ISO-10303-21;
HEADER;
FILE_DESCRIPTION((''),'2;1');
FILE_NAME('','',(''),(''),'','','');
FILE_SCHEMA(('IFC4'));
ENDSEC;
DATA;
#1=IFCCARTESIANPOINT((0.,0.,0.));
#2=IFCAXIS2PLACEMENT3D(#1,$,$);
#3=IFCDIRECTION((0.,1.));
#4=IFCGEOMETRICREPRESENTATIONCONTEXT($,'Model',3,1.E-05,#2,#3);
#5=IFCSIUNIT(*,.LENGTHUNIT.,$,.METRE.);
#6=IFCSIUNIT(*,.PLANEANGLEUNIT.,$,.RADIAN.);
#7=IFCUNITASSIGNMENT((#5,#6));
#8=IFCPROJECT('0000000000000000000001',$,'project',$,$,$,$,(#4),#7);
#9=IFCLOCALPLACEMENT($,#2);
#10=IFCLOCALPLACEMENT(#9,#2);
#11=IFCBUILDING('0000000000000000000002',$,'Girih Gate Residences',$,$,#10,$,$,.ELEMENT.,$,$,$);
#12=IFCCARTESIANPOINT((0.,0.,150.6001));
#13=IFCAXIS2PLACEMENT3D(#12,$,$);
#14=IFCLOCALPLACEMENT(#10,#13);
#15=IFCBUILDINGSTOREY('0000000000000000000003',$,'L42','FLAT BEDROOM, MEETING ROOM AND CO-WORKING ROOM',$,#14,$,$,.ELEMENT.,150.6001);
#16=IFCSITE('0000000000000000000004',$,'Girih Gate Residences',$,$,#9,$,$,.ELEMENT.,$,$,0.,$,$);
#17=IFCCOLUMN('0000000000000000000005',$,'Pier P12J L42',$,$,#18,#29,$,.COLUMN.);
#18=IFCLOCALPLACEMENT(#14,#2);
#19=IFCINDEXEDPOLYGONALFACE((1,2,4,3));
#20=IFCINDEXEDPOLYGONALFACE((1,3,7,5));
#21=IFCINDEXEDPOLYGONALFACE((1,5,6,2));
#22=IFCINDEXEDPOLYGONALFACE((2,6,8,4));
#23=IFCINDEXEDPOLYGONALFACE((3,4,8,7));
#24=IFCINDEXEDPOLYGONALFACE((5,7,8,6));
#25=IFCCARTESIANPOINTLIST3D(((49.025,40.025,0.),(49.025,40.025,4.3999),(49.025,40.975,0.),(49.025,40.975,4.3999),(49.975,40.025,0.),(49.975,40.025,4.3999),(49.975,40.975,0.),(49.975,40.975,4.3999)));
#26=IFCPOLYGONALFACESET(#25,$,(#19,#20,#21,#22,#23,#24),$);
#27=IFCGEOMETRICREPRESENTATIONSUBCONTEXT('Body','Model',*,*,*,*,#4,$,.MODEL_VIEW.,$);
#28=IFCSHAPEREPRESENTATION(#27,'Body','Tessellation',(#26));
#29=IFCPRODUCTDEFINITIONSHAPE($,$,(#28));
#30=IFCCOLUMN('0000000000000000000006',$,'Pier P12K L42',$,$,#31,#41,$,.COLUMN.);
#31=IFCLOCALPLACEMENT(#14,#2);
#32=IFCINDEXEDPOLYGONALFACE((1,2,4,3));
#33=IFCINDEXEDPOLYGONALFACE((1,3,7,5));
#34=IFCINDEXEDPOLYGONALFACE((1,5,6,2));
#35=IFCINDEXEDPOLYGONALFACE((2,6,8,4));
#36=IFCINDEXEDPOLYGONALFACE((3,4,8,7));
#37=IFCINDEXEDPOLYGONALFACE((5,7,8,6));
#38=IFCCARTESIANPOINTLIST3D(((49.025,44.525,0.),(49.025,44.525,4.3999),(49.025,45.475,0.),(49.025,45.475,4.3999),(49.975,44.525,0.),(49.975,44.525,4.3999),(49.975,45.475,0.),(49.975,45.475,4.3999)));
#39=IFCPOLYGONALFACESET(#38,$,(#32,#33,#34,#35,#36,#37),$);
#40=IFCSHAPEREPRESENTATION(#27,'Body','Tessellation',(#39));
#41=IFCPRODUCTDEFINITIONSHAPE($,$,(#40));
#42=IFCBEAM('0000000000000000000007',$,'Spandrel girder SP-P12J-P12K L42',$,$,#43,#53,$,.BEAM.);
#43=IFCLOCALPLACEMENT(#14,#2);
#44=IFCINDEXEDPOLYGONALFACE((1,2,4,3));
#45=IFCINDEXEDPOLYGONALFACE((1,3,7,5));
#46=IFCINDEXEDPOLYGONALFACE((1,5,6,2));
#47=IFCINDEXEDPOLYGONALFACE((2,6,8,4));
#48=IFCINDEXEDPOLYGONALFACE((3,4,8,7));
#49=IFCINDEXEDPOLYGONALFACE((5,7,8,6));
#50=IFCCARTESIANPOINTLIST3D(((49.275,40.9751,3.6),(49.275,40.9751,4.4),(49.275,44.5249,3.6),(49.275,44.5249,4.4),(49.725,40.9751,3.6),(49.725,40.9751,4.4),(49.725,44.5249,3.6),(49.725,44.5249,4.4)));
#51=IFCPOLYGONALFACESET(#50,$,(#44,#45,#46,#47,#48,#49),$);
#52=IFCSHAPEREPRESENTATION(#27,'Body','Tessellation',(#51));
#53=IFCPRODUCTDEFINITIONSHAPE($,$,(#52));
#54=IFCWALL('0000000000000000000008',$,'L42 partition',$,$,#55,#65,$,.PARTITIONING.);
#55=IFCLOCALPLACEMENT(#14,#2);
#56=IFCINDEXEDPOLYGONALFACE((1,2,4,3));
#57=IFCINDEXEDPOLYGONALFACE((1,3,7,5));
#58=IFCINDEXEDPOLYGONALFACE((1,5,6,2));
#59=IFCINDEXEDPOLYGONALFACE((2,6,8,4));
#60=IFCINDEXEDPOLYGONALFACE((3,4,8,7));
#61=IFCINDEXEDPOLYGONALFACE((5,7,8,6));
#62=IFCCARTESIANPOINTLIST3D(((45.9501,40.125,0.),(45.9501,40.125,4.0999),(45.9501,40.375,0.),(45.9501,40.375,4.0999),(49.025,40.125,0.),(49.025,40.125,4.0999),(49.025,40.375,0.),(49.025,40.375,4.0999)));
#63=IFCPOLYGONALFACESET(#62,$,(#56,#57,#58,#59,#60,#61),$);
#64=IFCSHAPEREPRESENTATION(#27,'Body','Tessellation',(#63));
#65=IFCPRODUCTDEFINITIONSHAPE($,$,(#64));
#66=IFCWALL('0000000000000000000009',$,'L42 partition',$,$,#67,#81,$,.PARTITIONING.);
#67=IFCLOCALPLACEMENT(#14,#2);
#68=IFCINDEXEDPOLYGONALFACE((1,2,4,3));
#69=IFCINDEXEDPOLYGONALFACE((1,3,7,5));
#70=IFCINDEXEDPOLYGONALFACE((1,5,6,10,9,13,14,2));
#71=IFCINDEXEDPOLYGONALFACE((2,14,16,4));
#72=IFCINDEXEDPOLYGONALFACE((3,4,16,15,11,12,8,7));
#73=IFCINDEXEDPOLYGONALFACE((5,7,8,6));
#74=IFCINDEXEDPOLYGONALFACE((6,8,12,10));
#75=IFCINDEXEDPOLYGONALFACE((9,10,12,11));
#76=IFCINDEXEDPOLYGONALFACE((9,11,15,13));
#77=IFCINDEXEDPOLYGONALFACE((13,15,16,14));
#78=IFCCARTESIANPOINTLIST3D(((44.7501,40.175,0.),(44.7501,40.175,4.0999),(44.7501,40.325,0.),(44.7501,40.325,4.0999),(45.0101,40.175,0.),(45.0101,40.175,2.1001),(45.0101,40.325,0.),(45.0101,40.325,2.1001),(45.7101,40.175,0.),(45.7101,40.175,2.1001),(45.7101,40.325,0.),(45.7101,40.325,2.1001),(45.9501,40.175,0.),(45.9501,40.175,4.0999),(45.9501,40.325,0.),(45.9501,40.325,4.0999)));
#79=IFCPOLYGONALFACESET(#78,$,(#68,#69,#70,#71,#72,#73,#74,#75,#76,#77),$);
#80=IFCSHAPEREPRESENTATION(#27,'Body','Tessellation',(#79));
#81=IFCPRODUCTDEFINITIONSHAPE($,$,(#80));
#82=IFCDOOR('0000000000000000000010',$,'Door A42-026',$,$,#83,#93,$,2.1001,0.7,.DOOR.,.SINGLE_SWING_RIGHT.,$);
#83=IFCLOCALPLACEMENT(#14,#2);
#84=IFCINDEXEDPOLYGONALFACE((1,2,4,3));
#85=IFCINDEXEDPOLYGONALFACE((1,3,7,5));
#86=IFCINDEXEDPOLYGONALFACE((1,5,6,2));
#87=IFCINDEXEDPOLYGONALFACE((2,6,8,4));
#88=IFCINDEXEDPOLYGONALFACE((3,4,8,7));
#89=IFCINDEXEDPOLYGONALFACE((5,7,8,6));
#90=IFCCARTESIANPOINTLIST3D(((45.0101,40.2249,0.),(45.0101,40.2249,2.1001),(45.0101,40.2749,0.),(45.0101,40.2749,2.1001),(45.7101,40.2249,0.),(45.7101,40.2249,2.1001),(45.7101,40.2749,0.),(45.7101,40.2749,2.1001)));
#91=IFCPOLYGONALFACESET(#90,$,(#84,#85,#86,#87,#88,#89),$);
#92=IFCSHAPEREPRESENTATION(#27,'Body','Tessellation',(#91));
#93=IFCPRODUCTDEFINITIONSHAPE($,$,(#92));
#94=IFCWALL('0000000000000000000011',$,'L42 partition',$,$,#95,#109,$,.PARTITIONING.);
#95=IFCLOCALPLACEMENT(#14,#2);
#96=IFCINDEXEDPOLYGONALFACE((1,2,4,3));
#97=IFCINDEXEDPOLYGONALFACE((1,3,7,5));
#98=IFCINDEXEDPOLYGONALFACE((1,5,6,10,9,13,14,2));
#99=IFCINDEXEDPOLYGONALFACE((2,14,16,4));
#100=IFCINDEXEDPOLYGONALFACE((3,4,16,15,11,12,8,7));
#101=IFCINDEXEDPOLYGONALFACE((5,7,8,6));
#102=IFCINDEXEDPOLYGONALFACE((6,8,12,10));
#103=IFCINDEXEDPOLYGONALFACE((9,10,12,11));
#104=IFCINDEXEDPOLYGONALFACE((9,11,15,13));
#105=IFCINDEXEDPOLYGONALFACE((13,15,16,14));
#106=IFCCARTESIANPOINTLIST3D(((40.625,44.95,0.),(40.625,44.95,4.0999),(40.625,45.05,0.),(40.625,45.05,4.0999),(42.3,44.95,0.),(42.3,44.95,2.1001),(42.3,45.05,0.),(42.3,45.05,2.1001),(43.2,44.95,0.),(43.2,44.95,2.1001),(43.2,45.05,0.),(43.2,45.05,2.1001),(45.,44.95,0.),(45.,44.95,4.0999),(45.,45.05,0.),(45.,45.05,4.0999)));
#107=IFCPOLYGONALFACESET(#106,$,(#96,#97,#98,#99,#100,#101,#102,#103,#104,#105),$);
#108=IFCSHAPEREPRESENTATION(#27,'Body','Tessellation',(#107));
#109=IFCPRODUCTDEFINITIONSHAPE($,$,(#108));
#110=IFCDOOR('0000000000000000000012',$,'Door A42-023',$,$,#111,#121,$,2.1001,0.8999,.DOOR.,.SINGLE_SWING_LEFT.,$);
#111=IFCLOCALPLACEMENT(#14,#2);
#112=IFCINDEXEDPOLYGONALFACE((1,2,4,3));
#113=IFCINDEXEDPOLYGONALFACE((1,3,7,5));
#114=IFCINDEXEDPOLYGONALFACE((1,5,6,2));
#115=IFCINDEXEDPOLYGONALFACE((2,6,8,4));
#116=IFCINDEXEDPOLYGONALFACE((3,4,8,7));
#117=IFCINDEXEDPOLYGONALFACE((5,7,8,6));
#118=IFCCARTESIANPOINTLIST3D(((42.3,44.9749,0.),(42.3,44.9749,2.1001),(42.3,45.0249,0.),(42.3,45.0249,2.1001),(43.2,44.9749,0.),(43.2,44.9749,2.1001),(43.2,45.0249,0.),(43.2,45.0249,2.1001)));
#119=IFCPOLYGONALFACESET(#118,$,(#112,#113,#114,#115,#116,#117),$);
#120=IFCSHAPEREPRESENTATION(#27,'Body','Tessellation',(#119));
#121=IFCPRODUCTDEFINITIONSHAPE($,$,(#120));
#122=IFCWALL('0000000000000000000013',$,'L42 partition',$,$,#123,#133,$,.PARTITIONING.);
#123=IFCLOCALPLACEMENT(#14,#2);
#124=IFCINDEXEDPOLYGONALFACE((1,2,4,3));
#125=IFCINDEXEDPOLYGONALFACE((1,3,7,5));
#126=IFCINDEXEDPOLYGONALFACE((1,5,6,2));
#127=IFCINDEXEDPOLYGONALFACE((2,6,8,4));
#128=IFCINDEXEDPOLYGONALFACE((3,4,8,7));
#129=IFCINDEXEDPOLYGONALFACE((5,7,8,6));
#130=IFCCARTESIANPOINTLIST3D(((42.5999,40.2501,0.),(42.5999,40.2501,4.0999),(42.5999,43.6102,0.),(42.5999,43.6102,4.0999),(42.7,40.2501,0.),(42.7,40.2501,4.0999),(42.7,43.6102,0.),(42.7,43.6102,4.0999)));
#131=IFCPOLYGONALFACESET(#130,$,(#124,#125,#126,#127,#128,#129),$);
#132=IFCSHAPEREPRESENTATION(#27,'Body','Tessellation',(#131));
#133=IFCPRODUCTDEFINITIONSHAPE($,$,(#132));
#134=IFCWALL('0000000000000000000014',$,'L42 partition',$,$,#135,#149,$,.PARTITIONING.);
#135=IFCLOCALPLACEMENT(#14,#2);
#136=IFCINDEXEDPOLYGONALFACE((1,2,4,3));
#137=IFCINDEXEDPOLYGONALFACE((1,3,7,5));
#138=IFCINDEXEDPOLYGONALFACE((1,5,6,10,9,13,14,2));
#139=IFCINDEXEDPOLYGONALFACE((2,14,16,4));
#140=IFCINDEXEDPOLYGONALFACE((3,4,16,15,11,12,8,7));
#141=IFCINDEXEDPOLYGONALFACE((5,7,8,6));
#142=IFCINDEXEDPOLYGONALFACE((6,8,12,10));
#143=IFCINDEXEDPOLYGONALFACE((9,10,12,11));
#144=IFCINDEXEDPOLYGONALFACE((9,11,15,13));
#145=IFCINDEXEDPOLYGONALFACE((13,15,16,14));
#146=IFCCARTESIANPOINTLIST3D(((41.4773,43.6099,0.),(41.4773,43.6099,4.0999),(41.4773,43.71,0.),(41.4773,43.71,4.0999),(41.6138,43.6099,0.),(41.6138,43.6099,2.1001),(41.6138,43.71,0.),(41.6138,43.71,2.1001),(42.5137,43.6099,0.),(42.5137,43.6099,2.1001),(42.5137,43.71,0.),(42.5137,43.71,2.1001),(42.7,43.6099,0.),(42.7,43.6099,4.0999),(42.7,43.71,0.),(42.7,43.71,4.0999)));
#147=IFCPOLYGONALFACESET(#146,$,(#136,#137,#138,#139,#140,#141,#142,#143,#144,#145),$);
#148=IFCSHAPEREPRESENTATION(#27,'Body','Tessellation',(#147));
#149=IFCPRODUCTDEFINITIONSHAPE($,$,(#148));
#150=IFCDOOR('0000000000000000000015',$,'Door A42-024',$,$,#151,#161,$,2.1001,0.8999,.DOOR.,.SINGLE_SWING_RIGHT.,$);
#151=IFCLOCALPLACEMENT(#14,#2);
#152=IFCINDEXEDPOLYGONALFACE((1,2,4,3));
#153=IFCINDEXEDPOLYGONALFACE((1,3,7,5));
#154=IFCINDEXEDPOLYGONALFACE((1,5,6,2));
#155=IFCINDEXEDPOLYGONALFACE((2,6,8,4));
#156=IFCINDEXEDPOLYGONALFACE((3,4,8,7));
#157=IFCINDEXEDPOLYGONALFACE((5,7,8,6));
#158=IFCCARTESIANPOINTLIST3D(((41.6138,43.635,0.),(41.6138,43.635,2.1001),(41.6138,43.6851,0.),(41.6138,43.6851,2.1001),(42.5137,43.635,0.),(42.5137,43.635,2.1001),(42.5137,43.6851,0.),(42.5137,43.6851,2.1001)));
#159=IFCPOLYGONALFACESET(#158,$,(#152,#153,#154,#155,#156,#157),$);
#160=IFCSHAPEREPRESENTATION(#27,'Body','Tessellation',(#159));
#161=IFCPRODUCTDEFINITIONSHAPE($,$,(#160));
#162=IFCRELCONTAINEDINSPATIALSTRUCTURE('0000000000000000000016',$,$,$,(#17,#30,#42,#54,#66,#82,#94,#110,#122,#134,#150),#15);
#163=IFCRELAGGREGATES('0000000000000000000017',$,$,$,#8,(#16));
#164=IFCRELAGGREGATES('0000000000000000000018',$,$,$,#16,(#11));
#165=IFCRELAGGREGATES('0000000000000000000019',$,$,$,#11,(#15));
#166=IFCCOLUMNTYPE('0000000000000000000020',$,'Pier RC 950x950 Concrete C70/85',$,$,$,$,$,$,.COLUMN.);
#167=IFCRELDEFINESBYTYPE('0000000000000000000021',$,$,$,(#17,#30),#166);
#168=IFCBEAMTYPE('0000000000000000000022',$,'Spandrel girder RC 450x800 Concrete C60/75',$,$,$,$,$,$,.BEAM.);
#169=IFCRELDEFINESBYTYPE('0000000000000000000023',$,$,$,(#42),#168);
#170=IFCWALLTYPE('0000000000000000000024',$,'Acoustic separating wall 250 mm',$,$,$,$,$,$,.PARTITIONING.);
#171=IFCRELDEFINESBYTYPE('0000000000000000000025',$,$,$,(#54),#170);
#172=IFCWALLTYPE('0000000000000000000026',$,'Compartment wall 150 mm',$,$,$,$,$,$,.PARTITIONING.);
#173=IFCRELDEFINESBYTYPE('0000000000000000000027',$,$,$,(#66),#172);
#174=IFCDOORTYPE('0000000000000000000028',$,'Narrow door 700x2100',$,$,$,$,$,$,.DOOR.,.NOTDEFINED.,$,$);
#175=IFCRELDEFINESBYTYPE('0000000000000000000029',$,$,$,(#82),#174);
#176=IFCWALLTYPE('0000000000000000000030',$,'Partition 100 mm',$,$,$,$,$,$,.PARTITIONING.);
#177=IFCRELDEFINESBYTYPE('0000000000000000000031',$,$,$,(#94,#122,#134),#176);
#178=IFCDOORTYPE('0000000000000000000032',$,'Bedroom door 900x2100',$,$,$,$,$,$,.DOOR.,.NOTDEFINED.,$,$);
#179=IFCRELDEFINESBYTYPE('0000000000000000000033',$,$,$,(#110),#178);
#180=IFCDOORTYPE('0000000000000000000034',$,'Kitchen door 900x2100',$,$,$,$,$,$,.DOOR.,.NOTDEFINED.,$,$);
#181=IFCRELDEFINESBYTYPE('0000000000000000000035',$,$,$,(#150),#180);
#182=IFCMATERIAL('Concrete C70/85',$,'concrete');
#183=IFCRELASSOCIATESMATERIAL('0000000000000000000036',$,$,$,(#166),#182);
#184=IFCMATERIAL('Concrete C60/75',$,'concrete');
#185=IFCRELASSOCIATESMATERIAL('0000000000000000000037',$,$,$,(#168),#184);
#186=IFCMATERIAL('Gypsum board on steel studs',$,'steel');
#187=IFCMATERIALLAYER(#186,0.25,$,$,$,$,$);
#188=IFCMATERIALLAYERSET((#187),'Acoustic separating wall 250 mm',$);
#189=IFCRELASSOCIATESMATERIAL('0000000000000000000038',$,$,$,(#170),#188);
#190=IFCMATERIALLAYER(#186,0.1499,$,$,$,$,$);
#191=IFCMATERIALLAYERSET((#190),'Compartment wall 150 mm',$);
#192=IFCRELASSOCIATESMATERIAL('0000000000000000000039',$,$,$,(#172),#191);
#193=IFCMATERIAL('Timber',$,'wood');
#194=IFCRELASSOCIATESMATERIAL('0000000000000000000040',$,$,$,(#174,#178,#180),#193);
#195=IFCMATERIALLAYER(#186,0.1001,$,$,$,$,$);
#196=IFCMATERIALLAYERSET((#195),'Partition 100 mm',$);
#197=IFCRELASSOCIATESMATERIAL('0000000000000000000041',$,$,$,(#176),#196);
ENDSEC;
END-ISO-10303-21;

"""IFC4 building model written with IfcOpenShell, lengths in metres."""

from ifc_helpers import new_model, si_unit, direction, frame, frame_2d, origin, origin_2d, place, context, subcontext, project, spatial, rectangle, extrude, material, layer, layer_set, material_profile, profile_set, type_object, element, fill, save


model = new_model("IFC4")

# Units and contexts
model_context = context("Model", 3, precision=1e-05, world=origin(), true_north=direction((0.0, 1.0)))
body_context = subcontext(model_context, "Body", "Model", "MODEL_VIEW")
ifc_project = project(units=[si_unit("LENGTHUNIT", "METRE"), si_unit("PLANEANGLEUNIT", "RADIAN")], contexts=[model_context])

# Site, building, storey
site_placement = place(None, origin())
site = spatial("IfcSite", under=ifc_project, at=site_placement, Name="Girih Gate Residences", CompositionType="ELEMENT", RefElevation=0.0)
building_placement = place(site_placement, origin())
building = spatial("IfcBuilding", under=site, at=building_placement, Name="Girih Gate Residences", CompositionType="ELEMENT")
storey_placement = place(building_placement, frame((0.0, 0.0, 150.6001)))
storey = spatial("IfcBuildingStorey", under=building, at=storey_placement, Name="L42", Description="FLAT BEDROOM, MEETING ROOM AND CO-WORKING ROOM", CompositionType="ELEMENT", Elevation=150.6001)

# Columns
ifc_material_1 = material(Name="Concrete C70/85", Category="concrete")
ifc_material_profile_1 = material_profile(ifc_material_1, rectangle(XDim=0.95, YDim=0.95, at=origin_2d()))
ifc_profile_set_1 = profile_set([ifc_material_profile_1], Name="Concrete C70/85")
column_type = type_object("IfcColumnType", Name="Pier RC 950x950 Concrete C70/85", PredefinedType="COLUMN", material=ifc_profile_set_1)
for number, where, z_axis, x_axis, name in (
    (1, (49.5, 40.5, 0.0), (0.0, 0.0, 1.0), (1.0, 0.0, 0.0), "Pier P12J L42"),
    (2, (49.5, 45.0, 0.0), (0.0, 0.0, 1.0), (1.0, 0.0, 0.0), "Pier P12K L42"),
):
    element("IfcColumn", number, at=place(storey_placement, frame(where, z_axis=z_axis, x_axis=x_axis)), inside=storey, type_object=column_type, Name=name, PredefinedType="COLUMN", context=body_context, shape_type="SweptSolid", body=[
        extrude(rectangle(XDim=0.95, YDim=0.95, at=origin_2d()), origin(), (0.0, 0.0, 1.0), 4.3999),
    ])

# Beam
ifc_material_2 = material(Name="Concrete C60/75", Category="concrete")
ifc_material_profile_2 = material_profile(ifc_material_2, rectangle(XDim=0.45, YDim=0.8, at=origin_2d()))
ifc_profile_set_2 = profile_set([ifc_material_profile_2], Name="Concrete C60/75")
beam_type = type_object("IfcBeamType", Name="Spandrel girder RC 450x800 Concrete C60/75", PredefinedType="BEAM", material=ifc_profile_set_2)
beam_placement = place(storey_placement, frame((49.5, 40.9751, 4.0), z_axis=(0.0, 1.0, 0.0), x_axis=(-1.0, 0.0, 0.0)))
element("IfcBeam", 3, at=beam_placement, inside=storey, type_object=beam_type, Name="Spandrel girder SP-P12J-P12K L42", PredefinedType="BEAM", context=body_context, shape_type="SweptSolid", body=[
    extrude(rectangle(XDim=0.45, YDim=0.8, at=origin_2d()), origin(), (0.0, 0.0, 1.0), 3.5498),
])

# Wall
ifc_material_3 = material(Name="Gypsum board on steel studs", Category="steel")
ifc_layer_1 = layer(ifc_material_3, 0.25)
ifc_layer_set_1 = layer_set([ifc_layer_1], Name="Acoustic separating wall 250 mm")
wall_type_1 = type_object("IfcWallType", Name="Acoustic separating wall 250 mm", PredefinedType="PARTITIONING", material=ifc_layer_set_1)
wall_1_placement = place(storey_placement, frame((45.95, 40.25, 0.0), z_axis=(0.0, 0.0, 1.0), x_axis=(1.0, 0.0, 0.0)))
element("IfcWall", 4, at=wall_1_placement, inside=storey, type_object=wall_type_1, Name="L42 partition", PredefinedType="PARTITIONING", context=body_context, shape_type="SweptSolid", body=[
    extrude(rectangle(XDim=3.075, YDim=0.25, at=frame_2d((1.5376, 0.0))), origin(), (0.0, 0.0, 1.0), 4.0999),
])

# Walls, openings, doors
ifc_layer_2 = layer(ifc_material_3, 0.1499)
ifc_layer_set_2 = layer_set([ifc_layer_2], Name="Compartment wall 150 mm")
wall_type_2 = type_object("IfcWallType", Name="Compartment wall 150 mm", PredefinedType="PARTITIONING", material=ifc_layer_set_2)
wall_2_placement = place(storey_placement, frame((44.75, 40.25, 0.0), z_axis=(0.0, 0.0, 1.0), x_axis=(1.0, 0.0, 0.0)))
wall_2 = element("IfcWall", 5, at=wall_2_placement, inside=storey, type_object=wall_type_2, Name="L42 partition", PredefinedType="PARTITIONING", context=body_context, shape_type="SweptSolid", body=[
    extrude(rectangle(XDim=1.2, YDim=0.1499, at=frame_2d((0.6001, 0.0))), origin(), (0.0, 0.0, 1.0), 4.0999),
])
opening_1_placement = place(wall_2_placement, frame((0.26, 0.0, 0.0)))
opening_1 = element("IfcOpeningElement", 6, at=opening_1_placement, cuts=wall_2, PredefinedType="OPENING", context=body_context, shape_type="SweptSolid", body=[
    extrude(rectangle(XDim=0.7, YDim=2.1001, at=frame_2d((0.3501, 1.05))), frame((0.0, 0.085, 0.0), z_axis=(0.0, -1.0, 0.0), x_axis=(1.0, 0.0, 0.0)), (0.0, 0.0, 1.0), 0.1699),
])
ifc_material_4 = material(Name="Timber", Category="wood")
door_type_1 = type_object("IfcDoorType", Name="Narrow door 700x2100", OperationType="NOTDEFINED", PredefinedType="DOOR", material=ifc_material_4)
door_1_placement = place(opening_1_placement, origin())
door_1 = element("IfcDoor", 7, at=door_1_placement, inside=storey, type_object=door_type_1, Name="Door A42-026", OperationType="SINGLE_SWING_RIGHT", OverallHeight=2.1001, OverallWidth=0.7, PredefinedType="DOOR", context=body_context, shape_type="SweptSolid", body=[
    extrude(rectangle(XDim=0.7, YDim=2.1001, at=frame_2d((0.3501, 1.05))), frame((0.0, 0.0249, 0.0), z_axis=(0.0, -1.0, 0.0), x_axis=(1.0, 0.0, 0.0)), (0.0, 0.0, 1.0), 0.05),
])
fill(opening_1, door_1)
ifc_layer_3 = layer(ifc_material_3, 0.1001)
ifc_layer_set_3 = layer_set([ifc_layer_3], Name="Partition 100 mm")
wall_type_3 = type_object("IfcWallType", Name="Partition 100 mm", PredefinedType="PARTITIONING", material=ifc_layer_set_3)
wall_3_placement = place(storey_placement, frame((40.625, 45.0, 0.0), z_axis=(0.0, 0.0, 1.0), x_axis=(1.0, 0.0, 0.0)))
wall_3 = element("IfcWall", 8, at=wall_3_placement, inside=storey, type_object=wall_type_3, Name="L42 partition", PredefinedType="PARTITIONING", context=body_context, shape_type="SweptSolid", body=[
    extrude(rectangle(XDim=4.375, YDim=0.1001, at=frame_2d((2.1875, 0.0))), origin(), (0.0, 0.0, 1.0), 4.0999),
])
opening_2_placement = place(wall_3_placement, frame((1.675, 0.0, 0.0)))
opening_2 = element("IfcOpeningElement", 9, at=opening_2_placement, cuts=wall_3, PredefinedType="OPENING", context=body_context, shape_type="SweptSolid", body=[
    extrude(rectangle(XDim=0.8999, YDim=2.1001, at=frame_2d((0.45, 1.05))), frame((0.0, 0.0601, 0.0), z_axis=(0.0, -1.0, 0.0), x_axis=(1.0, 0.0, 0.0)), (0.0, 0.0, 1.0), 0.1201),
])
door_type_2 = type_object("IfcDoorType", Name="Bedroom door 900x2100", OperationType="NOTDEFINED", PredefinedType="DOOR", material=ifc_material_4)
door_2_placement = place(opening_2_placement, origin())
door_2 = element("IfcDoor", 10, at=door_2_placement, inside=storey, type_object=door_type_2, Name="Door A42-023", OperationType="SINGLE_SWING_LEFT", OverallHeight=2.1001, OverallWidth=0.8999, PredefinedType="DOOR", context=body_context, shape_type="SweptSolid", body=[
    extrude(rectangle(XDim=0.8999, YDim=2.1001, at=frame_2d((0.45, 1.05))), frame((0.0, 0.0249, 0.0), z_axis=(0.0, -1.0, 0.0), x_axis=(1.0, 0.0, 0.0)), (0.0, 0.0, 1.0), 0.05),
])
fill(opening_2, door_2)

# Wall
wall_4_placement = place(storey_placement, frame((42.6499, 40.25, 0.0), z_axis=(0.0, 0.0, 1.0), x_axis=(0.0, 1.0, 0.0)))
element("IfcWall", 11, at=wall_4_placement, inside=storey, type_object=wall_type_3, Name="L42 partition", PredefinedType="PARTITIONING", context=body_context, shape_type="SweptSolid", body=[
    extrude(rectangle(XDim=3.3601, YDim=0.1001, at=frame_2d((1.6802, 0.0))), origin(), (0.0, 0.0, 1.0), 4.0999),
])

# Wall, opening, door
wall_5_placement = place(storey_placement, frame((42.7, 43.6599, 0.0), z_axis=(0.0, 0.0, 1.0), x_axis=(-1.0, 0.0, 0.0)))
wall_5 = element("IfcWall", 12, at=wall_5_placement, inside=storey, type_object=wall_type_3, Name="L42 partition", PredefinedType="PARTITIONING", context=body_context, shape_type="SweptSolid", body=[
    extrude(rectangle(XDim=1.2227, YDim=0.1001, at=frame_2d((0.6113, 0.0))), origin(), (0.0, 0.0, 1.0), 4.0999),
])
opening_3_placement = place(wall_5_placement, frame((0.1863, 0.0, 0.0)))
opening_3 = element("IfcOpeningElement", 13, at=opening_3_placement, cuts=wall_5, PredefinedType="OPENING", context=body_context, shape_type="SweptSolid", body=[
    extrude(rectangle(XDim=0.8999, YDim=2.1001, at=frame_2d((0.45, 1.05))), frame((0.0, 0.0601, 0.0), z_axis=(0.0, -1.0, 0.0), x_axis=(1.0, 0.0, 0.0)), (0.0, 0.0, 1.0), 0.1201),
])
door_type_3 = type_object("IfcDoorType", Name="Kitchen door 900x2100", OperationType="NOTDEFINED", PredefinedType="DOOR", material=ifc_material_4)
door_3_placement = place(opening_3_placement, origin())
door_3 = element("IfcDoor", 14, at=door_3_placement, inside=storey, type_object=door_type_3, Name="Door A42-024", OperationType="SINGLE_SWING_RIGHT", OverallHeight=2.1001, OverallWidth=0.8999, PredefinedType="DOOR", context=body_context, shape_type="SweptSolid", body=[
    extrude(rectangle(XDim=0.8999, YDim=2.1001, at=frame_2d((0.45, 1.05))), frame((0.0, 0.0249, 0.0), z_axis=(0.0, -1.0, 0.0), x_axis=(1.0, 0.0, 0.0)), (0.0, 0.0, 1.0), 0.05),
])
fill(opening_3, door_3)

save(model, "model.ifc")
